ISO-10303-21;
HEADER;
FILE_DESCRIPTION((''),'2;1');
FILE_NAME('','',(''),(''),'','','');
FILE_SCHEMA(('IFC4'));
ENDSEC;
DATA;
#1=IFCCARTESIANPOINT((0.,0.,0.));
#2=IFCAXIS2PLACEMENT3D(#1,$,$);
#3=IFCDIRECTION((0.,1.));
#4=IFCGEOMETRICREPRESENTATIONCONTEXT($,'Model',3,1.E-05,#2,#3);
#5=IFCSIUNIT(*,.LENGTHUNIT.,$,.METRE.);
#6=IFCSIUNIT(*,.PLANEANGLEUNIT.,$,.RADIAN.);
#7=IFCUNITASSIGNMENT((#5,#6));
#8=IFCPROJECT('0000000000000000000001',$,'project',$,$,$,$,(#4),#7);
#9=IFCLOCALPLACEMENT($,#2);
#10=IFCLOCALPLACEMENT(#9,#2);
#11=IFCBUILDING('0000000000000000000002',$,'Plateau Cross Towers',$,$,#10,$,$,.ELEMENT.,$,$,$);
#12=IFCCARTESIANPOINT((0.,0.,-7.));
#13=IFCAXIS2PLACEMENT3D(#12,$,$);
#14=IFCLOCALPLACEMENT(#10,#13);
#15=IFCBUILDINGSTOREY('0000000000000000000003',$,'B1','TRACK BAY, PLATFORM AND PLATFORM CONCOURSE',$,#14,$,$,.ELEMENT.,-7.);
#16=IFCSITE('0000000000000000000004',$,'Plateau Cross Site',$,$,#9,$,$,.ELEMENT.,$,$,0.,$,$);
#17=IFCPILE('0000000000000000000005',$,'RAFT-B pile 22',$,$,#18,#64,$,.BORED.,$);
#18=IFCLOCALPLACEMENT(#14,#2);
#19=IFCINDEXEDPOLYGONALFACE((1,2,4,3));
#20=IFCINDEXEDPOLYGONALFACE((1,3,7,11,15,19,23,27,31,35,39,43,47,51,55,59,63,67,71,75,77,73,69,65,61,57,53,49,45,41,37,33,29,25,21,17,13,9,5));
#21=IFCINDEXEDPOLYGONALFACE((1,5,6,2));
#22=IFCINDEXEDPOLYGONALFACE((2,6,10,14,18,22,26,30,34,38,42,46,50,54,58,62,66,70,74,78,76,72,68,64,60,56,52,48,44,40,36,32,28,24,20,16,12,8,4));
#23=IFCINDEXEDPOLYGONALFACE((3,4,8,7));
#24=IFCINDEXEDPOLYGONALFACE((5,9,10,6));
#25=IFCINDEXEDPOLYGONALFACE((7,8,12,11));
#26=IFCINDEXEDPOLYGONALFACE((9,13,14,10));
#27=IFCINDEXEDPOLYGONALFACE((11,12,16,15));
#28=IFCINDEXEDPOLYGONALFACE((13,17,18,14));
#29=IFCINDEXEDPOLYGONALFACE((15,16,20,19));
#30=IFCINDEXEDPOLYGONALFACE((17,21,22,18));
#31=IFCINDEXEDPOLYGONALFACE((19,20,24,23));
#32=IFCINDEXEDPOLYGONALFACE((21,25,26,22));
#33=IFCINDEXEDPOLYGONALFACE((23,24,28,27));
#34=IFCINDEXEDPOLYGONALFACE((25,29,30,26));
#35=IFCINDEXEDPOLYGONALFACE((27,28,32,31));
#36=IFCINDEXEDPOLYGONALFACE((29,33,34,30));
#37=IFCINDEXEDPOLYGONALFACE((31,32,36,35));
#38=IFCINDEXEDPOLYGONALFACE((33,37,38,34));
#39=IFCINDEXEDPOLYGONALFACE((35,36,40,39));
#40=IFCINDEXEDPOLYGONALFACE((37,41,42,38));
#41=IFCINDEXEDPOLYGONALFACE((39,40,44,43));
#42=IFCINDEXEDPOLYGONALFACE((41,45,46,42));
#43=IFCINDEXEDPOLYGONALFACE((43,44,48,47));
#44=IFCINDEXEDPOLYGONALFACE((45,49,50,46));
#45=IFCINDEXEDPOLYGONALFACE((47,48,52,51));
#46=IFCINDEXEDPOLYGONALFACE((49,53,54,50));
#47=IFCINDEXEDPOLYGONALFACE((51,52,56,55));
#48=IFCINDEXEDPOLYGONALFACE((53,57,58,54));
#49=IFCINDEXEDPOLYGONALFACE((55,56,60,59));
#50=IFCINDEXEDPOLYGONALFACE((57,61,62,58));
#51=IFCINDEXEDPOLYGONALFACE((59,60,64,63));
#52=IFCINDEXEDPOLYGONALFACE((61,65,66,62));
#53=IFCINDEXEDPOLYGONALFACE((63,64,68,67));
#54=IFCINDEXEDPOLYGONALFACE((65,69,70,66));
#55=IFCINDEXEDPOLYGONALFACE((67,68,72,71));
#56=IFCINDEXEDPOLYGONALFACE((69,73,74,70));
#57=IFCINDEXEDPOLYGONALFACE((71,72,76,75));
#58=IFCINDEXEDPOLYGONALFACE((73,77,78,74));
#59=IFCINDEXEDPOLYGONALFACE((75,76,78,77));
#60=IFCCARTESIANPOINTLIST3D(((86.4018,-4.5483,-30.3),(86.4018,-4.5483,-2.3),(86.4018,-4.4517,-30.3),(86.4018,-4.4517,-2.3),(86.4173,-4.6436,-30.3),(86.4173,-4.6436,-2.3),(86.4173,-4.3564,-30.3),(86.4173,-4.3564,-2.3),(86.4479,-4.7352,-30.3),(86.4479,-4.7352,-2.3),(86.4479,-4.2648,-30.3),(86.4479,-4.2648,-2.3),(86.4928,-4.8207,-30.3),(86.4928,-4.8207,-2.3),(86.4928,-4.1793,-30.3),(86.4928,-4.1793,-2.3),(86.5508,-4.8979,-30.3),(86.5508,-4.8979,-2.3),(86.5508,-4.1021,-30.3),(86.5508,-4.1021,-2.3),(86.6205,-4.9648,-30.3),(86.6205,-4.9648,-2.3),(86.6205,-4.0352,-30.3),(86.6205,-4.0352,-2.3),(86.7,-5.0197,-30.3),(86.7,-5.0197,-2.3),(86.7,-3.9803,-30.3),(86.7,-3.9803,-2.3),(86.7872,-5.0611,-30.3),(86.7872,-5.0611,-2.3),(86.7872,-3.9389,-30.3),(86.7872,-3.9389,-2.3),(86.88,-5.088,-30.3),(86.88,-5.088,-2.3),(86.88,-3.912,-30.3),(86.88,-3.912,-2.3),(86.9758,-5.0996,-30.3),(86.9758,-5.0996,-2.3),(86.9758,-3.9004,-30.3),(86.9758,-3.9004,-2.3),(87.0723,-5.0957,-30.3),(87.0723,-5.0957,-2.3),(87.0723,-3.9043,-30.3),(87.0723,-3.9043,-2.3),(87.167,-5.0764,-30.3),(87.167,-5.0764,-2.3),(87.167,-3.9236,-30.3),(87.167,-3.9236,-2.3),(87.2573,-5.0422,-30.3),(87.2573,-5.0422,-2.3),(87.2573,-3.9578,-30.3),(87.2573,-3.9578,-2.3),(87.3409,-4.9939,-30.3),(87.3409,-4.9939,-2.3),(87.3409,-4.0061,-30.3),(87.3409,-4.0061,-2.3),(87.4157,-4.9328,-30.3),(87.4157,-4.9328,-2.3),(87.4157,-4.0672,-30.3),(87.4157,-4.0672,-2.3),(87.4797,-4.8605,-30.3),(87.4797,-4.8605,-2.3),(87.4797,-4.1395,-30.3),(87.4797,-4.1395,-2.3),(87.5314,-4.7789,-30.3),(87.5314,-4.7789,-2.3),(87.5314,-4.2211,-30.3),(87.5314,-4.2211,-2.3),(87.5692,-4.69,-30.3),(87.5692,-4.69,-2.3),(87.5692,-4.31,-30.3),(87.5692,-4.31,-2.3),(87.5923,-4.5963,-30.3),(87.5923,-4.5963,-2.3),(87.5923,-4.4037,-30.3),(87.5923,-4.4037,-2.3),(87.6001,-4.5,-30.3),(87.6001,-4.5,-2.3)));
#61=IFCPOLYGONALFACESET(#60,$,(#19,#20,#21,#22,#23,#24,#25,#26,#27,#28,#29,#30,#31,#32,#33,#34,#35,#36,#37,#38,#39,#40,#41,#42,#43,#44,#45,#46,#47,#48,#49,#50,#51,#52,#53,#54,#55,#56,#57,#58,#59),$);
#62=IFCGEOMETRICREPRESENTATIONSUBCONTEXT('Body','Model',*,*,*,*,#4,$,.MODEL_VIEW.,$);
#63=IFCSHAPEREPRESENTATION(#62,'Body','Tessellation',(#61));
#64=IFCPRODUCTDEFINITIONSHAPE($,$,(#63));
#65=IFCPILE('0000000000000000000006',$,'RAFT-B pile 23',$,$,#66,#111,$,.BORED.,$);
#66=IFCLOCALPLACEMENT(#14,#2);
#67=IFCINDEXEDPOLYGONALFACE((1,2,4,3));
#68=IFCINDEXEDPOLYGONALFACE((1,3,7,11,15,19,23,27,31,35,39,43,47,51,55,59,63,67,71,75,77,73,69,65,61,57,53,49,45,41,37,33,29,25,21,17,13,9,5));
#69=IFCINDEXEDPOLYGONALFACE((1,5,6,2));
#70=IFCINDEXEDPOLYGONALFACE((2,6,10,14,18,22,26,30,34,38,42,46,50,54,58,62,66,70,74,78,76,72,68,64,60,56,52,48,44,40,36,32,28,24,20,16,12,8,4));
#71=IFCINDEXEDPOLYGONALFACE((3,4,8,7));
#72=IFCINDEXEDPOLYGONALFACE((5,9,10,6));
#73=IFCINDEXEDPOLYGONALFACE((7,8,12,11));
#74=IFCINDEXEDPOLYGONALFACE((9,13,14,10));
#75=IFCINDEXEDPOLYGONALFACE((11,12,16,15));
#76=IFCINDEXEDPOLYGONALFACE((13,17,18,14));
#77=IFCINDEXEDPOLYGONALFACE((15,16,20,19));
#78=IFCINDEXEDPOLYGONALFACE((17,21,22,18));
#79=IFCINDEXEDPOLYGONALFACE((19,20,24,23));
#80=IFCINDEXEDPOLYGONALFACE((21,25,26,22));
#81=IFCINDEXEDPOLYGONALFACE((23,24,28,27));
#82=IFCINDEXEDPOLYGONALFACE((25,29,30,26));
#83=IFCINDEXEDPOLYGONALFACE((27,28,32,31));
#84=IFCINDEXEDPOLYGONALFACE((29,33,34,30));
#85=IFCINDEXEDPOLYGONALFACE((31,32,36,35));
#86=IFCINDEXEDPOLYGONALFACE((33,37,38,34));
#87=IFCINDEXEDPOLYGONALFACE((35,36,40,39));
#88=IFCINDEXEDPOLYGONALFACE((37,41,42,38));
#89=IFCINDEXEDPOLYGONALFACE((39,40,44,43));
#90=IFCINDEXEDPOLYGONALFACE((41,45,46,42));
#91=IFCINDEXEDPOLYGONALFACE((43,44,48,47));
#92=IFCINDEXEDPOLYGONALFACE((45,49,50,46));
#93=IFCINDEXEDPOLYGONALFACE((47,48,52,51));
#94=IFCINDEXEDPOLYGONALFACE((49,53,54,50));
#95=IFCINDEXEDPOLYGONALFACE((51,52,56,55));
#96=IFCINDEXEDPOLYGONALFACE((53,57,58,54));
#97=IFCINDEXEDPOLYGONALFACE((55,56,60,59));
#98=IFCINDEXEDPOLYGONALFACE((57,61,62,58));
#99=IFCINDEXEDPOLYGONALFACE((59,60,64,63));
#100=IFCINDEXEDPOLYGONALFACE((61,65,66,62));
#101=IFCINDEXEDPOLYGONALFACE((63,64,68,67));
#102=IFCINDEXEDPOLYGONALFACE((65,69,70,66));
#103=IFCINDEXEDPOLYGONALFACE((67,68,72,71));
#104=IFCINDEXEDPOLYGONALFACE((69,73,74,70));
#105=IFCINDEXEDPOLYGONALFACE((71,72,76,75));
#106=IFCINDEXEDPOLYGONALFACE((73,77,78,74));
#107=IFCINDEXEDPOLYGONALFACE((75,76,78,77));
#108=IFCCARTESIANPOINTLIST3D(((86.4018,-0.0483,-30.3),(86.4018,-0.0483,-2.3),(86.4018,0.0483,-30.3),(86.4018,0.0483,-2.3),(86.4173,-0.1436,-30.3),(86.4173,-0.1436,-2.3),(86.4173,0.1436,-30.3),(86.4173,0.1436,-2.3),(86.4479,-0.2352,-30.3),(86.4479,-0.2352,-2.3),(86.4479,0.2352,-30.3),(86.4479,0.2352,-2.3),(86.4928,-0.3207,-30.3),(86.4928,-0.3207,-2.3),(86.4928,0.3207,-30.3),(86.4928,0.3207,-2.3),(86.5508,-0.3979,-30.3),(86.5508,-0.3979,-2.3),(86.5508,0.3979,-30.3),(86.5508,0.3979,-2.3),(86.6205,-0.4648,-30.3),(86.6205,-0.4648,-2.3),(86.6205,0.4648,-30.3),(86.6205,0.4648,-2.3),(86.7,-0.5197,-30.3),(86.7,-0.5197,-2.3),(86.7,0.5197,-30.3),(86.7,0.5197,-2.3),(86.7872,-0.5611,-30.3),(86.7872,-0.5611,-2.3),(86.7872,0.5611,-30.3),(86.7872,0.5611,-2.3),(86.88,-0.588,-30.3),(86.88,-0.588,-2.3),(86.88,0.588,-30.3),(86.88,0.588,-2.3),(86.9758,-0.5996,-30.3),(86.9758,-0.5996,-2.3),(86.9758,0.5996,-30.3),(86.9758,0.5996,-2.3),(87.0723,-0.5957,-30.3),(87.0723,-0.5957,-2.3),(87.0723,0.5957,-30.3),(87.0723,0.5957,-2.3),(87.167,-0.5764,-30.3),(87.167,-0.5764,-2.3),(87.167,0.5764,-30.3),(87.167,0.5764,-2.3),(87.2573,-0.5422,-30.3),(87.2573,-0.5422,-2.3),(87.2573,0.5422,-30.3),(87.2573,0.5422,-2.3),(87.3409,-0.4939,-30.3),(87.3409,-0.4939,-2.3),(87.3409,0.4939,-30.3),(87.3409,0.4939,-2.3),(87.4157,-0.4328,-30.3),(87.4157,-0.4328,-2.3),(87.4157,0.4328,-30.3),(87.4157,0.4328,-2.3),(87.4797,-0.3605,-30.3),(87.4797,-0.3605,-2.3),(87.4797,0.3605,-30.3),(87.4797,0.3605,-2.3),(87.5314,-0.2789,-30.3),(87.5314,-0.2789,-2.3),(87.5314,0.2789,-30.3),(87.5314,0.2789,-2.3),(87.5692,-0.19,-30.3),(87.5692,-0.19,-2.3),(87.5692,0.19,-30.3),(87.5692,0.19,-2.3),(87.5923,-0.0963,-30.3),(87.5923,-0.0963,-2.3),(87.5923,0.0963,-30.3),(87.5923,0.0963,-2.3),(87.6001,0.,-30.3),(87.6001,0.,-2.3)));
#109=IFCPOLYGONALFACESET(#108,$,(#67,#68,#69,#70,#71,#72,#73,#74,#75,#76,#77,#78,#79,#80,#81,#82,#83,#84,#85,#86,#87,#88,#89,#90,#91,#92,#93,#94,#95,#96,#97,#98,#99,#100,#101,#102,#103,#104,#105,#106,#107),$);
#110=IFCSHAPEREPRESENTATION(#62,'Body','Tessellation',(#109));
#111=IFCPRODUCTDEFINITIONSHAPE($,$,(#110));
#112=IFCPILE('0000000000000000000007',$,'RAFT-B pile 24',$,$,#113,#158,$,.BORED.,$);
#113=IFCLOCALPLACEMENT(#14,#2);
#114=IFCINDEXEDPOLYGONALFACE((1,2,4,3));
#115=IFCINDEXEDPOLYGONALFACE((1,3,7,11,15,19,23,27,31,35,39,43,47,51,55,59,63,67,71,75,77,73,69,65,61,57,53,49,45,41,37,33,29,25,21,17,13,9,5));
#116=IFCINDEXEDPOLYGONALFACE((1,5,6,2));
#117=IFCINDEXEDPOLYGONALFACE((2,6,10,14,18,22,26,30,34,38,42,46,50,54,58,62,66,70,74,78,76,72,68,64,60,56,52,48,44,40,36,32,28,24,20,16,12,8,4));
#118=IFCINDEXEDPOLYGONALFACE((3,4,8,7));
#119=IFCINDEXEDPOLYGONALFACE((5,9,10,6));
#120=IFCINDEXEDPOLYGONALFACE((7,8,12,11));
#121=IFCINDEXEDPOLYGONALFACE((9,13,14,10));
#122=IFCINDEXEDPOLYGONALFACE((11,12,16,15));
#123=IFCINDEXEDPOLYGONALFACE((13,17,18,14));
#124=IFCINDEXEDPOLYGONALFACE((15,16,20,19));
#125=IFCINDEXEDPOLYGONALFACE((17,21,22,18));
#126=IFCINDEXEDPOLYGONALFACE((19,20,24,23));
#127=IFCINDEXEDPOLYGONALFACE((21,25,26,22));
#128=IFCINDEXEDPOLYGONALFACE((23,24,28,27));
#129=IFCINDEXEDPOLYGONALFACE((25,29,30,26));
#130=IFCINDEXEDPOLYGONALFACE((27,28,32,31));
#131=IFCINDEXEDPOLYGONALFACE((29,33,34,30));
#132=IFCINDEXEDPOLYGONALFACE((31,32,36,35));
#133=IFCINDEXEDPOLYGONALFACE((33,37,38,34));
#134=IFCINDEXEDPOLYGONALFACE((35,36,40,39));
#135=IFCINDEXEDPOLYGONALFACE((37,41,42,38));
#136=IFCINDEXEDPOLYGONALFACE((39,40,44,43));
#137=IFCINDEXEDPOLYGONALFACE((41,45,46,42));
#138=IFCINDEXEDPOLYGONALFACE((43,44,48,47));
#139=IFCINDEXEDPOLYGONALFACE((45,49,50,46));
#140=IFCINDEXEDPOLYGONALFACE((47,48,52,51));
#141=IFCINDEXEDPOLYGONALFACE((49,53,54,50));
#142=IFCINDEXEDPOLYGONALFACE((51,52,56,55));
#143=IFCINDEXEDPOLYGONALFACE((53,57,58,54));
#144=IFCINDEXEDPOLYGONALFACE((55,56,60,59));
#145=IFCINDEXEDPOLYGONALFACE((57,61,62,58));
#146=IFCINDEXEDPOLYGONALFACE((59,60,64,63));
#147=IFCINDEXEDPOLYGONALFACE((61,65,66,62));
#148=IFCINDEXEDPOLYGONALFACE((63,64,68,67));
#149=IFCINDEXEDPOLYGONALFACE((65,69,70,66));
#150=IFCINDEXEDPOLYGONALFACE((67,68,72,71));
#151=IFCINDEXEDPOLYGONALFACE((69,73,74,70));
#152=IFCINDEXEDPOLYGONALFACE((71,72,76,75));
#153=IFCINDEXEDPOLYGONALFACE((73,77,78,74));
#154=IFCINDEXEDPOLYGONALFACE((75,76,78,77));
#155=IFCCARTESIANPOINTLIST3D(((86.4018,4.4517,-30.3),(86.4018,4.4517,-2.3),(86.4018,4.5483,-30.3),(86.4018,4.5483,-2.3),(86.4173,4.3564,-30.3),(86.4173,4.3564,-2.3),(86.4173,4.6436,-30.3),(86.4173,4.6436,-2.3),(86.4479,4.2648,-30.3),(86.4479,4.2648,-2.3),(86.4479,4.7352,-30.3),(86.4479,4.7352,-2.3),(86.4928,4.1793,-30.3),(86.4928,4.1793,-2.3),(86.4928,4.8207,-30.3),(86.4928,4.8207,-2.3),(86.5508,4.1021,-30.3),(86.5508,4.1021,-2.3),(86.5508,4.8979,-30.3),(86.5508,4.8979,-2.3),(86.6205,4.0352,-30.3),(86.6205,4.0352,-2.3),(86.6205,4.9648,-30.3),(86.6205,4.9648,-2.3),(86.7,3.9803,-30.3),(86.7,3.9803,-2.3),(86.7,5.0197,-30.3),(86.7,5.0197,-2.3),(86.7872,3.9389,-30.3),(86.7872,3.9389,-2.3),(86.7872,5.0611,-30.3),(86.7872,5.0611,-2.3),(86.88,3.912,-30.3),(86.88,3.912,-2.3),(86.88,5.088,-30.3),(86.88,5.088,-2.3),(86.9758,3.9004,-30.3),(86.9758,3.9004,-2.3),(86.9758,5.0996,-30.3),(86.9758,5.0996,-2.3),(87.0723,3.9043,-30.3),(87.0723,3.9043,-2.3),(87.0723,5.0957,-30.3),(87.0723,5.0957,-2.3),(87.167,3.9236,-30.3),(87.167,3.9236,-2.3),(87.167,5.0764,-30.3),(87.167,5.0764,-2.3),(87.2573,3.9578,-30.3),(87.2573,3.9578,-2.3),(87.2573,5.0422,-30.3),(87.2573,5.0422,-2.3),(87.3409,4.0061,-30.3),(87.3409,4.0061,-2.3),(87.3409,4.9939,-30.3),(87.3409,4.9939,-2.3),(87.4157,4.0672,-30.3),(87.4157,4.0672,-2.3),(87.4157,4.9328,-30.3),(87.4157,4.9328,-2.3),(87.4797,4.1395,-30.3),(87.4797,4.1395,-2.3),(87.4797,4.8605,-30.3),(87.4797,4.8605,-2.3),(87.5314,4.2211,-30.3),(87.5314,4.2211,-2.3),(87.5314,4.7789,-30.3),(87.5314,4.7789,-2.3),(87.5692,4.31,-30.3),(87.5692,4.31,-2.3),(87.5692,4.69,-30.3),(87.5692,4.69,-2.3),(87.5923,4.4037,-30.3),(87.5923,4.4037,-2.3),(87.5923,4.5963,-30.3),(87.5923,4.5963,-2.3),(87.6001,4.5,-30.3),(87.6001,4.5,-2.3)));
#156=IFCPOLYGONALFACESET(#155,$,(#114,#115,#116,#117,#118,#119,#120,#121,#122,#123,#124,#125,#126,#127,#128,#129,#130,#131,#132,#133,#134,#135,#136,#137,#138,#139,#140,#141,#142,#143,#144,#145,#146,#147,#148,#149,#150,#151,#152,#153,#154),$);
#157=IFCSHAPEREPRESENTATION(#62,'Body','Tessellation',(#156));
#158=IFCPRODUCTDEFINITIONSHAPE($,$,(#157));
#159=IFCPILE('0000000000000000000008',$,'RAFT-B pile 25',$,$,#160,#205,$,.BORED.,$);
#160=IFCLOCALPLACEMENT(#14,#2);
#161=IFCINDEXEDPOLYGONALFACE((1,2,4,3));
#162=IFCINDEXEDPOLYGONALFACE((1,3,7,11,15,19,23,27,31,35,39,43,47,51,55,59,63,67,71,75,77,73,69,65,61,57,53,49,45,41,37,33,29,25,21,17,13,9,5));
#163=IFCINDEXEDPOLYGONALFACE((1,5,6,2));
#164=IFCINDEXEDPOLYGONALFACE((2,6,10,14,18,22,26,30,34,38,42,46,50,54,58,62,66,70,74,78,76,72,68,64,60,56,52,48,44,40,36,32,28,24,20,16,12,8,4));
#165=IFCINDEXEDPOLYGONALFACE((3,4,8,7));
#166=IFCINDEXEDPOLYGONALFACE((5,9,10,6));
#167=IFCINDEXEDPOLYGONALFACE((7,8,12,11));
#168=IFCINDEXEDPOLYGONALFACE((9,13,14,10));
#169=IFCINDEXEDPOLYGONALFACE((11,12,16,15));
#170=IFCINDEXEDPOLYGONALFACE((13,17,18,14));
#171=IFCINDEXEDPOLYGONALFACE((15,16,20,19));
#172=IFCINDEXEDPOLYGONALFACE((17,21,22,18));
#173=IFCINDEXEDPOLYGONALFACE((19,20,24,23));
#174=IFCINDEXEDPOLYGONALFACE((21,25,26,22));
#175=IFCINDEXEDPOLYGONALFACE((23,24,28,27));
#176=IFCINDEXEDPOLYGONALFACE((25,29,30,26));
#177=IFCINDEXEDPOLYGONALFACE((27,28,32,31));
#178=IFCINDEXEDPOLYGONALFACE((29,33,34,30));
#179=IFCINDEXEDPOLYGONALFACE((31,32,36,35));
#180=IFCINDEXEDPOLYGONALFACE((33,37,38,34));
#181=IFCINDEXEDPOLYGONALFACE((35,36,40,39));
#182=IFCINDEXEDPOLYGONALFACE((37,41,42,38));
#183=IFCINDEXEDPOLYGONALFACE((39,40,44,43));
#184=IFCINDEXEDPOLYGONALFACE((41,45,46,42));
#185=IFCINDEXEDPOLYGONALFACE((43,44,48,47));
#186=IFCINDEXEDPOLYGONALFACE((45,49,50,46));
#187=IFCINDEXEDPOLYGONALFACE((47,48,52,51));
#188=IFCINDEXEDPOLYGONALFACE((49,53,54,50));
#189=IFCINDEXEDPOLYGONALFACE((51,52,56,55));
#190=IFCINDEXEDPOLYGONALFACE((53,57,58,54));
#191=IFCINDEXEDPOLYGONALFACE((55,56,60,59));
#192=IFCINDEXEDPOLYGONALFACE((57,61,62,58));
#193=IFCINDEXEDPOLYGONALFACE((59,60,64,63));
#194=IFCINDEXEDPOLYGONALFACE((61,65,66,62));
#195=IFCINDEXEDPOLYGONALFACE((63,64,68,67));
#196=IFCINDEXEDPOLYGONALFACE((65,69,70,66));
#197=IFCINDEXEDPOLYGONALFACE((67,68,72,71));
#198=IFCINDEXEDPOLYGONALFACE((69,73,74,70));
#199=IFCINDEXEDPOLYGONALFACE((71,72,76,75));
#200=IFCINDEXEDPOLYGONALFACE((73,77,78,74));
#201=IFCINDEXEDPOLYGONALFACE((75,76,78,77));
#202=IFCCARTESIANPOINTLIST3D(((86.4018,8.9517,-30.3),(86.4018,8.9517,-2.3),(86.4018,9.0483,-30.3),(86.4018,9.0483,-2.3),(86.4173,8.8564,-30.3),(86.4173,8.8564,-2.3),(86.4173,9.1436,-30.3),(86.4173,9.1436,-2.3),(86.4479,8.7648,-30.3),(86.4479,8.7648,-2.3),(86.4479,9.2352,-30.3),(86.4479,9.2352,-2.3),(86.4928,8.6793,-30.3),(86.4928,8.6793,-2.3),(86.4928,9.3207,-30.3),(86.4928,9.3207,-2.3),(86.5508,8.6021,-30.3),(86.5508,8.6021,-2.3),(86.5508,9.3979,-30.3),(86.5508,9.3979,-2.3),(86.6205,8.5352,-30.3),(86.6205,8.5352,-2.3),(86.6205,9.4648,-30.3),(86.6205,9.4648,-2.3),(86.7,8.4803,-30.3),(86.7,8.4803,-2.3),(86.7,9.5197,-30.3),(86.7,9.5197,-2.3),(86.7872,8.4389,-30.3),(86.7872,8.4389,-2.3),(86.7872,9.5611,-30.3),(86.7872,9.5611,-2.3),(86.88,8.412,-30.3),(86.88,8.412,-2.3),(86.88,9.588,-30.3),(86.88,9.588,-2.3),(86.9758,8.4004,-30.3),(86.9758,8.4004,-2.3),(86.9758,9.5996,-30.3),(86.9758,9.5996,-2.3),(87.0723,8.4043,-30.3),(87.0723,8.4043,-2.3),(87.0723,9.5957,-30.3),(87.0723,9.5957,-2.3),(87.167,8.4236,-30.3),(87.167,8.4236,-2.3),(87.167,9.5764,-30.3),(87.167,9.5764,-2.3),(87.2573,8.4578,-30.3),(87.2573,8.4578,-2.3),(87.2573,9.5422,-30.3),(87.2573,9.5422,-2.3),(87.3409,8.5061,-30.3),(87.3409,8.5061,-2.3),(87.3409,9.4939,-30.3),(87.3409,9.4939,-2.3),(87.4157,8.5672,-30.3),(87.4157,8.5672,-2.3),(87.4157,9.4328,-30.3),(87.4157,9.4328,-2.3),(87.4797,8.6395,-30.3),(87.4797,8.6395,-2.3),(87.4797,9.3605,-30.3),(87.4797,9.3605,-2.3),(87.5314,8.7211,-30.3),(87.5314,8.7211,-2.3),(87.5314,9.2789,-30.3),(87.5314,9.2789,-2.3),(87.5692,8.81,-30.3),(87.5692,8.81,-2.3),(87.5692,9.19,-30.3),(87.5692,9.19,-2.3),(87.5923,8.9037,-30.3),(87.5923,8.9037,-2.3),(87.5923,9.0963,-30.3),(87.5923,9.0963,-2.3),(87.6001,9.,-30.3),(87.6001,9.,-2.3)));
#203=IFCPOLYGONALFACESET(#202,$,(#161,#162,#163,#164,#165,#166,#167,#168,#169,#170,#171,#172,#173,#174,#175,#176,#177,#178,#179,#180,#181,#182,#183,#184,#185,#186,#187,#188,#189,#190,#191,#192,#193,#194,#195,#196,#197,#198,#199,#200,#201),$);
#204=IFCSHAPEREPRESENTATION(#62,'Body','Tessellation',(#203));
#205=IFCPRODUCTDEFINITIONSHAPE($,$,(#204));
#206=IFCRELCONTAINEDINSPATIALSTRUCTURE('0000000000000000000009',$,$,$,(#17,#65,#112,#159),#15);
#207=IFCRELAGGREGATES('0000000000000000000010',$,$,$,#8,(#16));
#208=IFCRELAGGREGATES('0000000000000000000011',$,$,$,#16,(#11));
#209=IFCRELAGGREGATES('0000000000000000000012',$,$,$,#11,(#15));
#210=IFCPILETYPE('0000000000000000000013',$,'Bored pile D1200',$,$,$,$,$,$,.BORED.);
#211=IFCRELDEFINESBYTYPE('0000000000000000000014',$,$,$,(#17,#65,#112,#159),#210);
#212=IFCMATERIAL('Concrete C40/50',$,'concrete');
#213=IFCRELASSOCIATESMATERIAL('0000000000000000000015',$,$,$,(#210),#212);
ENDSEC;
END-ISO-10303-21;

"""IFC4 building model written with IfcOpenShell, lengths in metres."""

from ifc_helpers import new_model, si_unit, direction, frame, origin, origin_2d, place, context, subcontext, project, spatial, circle, extrude, material, material_profile, profile_set, type_object, element, save


model = new_model("IFC4")

# Units and contexts
model_context = context("Model", 3, precision=1e-05, world=origin(), true_north=direction((0.0, 1.0)))
body_context = subcontext(model_context, "Body", "Model", "MODEL_VIEW")
ifc_project = project(units=[si_unit("LENGTHUNIT", "METRE"), si_unit("PLANEANGLEUNIT", "RADIAN")], contexts=[model_context])

# Site, building, storey
site_placement = place(None, origin())
site = spatial("IfcSite", under=ifc_project, at=site_placement, Name="Plateau Cross Site", CompositionType="ELEMENT", RefElevation=0.0)
building_placement = place(site_placement, origin())
building = spatial("IfcBuilding", under=site, at=building_placement, Name="Plateau Cross Towers", CompositionType="ELEMENT")
storey_placement = place(building_placement, frame((0.0, 0.0, -7.0)))
storey = spatial("IfcBuildingStorey", under=building, at=storey_placement, Name="B1", Description="TRACK BAY, PLATFORM AND PLATFORM CONCOURSE", CompositionType="ELEMENT", Elevation=-7.0)

# Piles
ifc_material_1 = material(Name="Concrete C40/50", Category="concrete")
ifc_material_profile_1 = material_profile(ifc_material_1, circle(Radius=0.6001, at=origin_2d()), Name="Bored pile D1200")
ifc_profile_set_1 = profile_set([ifc_material_profile_1], Name="Concrete C40/50")
pile_type = type_object("IfcPileType", Name="Bored pile D1200", PredefinedType="BORED", material=ifc_profile_set_1)
for number, where, z_axis, x_axis, name in (
    (1, (87.0, -4.5, -2.3), (0.0, 0.0, -1.0), (1.0, 0.0, 0.0), "RAFT-B pile 22"),
    (2, (87.0, 0.0, -2.3), (0.0, 0.0, -1.0), (1.0, 0.0, 0.0), "RAFT-B pile 23"),
    (3, (87.0, 4.5, -2.3), (0.0, 0.0, -1.0), (1.0, 0.0, 0.0), "RAFT-B pile 24"),
    (4, (87.0, 9.0, -2.3), (0.0, 0.0, -1.0), (1.0, 0.0, 0.0), "RAFT-B pile 25"),
):
    element("IfcPile", number, at=place(storey_placement, frame(where, z_axis=z_axis, x_axis=x_axis)), inside=storey, type_object=pile_type, Name=name, PredefinedType="BORED", context=body_context, shape_type="SweptSolid", body=[
        extrude(circle(Radius=0.6001, at=origin_2d()), origin(), (0.0, 0.0, 1.0), 28.0),
    ])

save(model, "model.ifc")
